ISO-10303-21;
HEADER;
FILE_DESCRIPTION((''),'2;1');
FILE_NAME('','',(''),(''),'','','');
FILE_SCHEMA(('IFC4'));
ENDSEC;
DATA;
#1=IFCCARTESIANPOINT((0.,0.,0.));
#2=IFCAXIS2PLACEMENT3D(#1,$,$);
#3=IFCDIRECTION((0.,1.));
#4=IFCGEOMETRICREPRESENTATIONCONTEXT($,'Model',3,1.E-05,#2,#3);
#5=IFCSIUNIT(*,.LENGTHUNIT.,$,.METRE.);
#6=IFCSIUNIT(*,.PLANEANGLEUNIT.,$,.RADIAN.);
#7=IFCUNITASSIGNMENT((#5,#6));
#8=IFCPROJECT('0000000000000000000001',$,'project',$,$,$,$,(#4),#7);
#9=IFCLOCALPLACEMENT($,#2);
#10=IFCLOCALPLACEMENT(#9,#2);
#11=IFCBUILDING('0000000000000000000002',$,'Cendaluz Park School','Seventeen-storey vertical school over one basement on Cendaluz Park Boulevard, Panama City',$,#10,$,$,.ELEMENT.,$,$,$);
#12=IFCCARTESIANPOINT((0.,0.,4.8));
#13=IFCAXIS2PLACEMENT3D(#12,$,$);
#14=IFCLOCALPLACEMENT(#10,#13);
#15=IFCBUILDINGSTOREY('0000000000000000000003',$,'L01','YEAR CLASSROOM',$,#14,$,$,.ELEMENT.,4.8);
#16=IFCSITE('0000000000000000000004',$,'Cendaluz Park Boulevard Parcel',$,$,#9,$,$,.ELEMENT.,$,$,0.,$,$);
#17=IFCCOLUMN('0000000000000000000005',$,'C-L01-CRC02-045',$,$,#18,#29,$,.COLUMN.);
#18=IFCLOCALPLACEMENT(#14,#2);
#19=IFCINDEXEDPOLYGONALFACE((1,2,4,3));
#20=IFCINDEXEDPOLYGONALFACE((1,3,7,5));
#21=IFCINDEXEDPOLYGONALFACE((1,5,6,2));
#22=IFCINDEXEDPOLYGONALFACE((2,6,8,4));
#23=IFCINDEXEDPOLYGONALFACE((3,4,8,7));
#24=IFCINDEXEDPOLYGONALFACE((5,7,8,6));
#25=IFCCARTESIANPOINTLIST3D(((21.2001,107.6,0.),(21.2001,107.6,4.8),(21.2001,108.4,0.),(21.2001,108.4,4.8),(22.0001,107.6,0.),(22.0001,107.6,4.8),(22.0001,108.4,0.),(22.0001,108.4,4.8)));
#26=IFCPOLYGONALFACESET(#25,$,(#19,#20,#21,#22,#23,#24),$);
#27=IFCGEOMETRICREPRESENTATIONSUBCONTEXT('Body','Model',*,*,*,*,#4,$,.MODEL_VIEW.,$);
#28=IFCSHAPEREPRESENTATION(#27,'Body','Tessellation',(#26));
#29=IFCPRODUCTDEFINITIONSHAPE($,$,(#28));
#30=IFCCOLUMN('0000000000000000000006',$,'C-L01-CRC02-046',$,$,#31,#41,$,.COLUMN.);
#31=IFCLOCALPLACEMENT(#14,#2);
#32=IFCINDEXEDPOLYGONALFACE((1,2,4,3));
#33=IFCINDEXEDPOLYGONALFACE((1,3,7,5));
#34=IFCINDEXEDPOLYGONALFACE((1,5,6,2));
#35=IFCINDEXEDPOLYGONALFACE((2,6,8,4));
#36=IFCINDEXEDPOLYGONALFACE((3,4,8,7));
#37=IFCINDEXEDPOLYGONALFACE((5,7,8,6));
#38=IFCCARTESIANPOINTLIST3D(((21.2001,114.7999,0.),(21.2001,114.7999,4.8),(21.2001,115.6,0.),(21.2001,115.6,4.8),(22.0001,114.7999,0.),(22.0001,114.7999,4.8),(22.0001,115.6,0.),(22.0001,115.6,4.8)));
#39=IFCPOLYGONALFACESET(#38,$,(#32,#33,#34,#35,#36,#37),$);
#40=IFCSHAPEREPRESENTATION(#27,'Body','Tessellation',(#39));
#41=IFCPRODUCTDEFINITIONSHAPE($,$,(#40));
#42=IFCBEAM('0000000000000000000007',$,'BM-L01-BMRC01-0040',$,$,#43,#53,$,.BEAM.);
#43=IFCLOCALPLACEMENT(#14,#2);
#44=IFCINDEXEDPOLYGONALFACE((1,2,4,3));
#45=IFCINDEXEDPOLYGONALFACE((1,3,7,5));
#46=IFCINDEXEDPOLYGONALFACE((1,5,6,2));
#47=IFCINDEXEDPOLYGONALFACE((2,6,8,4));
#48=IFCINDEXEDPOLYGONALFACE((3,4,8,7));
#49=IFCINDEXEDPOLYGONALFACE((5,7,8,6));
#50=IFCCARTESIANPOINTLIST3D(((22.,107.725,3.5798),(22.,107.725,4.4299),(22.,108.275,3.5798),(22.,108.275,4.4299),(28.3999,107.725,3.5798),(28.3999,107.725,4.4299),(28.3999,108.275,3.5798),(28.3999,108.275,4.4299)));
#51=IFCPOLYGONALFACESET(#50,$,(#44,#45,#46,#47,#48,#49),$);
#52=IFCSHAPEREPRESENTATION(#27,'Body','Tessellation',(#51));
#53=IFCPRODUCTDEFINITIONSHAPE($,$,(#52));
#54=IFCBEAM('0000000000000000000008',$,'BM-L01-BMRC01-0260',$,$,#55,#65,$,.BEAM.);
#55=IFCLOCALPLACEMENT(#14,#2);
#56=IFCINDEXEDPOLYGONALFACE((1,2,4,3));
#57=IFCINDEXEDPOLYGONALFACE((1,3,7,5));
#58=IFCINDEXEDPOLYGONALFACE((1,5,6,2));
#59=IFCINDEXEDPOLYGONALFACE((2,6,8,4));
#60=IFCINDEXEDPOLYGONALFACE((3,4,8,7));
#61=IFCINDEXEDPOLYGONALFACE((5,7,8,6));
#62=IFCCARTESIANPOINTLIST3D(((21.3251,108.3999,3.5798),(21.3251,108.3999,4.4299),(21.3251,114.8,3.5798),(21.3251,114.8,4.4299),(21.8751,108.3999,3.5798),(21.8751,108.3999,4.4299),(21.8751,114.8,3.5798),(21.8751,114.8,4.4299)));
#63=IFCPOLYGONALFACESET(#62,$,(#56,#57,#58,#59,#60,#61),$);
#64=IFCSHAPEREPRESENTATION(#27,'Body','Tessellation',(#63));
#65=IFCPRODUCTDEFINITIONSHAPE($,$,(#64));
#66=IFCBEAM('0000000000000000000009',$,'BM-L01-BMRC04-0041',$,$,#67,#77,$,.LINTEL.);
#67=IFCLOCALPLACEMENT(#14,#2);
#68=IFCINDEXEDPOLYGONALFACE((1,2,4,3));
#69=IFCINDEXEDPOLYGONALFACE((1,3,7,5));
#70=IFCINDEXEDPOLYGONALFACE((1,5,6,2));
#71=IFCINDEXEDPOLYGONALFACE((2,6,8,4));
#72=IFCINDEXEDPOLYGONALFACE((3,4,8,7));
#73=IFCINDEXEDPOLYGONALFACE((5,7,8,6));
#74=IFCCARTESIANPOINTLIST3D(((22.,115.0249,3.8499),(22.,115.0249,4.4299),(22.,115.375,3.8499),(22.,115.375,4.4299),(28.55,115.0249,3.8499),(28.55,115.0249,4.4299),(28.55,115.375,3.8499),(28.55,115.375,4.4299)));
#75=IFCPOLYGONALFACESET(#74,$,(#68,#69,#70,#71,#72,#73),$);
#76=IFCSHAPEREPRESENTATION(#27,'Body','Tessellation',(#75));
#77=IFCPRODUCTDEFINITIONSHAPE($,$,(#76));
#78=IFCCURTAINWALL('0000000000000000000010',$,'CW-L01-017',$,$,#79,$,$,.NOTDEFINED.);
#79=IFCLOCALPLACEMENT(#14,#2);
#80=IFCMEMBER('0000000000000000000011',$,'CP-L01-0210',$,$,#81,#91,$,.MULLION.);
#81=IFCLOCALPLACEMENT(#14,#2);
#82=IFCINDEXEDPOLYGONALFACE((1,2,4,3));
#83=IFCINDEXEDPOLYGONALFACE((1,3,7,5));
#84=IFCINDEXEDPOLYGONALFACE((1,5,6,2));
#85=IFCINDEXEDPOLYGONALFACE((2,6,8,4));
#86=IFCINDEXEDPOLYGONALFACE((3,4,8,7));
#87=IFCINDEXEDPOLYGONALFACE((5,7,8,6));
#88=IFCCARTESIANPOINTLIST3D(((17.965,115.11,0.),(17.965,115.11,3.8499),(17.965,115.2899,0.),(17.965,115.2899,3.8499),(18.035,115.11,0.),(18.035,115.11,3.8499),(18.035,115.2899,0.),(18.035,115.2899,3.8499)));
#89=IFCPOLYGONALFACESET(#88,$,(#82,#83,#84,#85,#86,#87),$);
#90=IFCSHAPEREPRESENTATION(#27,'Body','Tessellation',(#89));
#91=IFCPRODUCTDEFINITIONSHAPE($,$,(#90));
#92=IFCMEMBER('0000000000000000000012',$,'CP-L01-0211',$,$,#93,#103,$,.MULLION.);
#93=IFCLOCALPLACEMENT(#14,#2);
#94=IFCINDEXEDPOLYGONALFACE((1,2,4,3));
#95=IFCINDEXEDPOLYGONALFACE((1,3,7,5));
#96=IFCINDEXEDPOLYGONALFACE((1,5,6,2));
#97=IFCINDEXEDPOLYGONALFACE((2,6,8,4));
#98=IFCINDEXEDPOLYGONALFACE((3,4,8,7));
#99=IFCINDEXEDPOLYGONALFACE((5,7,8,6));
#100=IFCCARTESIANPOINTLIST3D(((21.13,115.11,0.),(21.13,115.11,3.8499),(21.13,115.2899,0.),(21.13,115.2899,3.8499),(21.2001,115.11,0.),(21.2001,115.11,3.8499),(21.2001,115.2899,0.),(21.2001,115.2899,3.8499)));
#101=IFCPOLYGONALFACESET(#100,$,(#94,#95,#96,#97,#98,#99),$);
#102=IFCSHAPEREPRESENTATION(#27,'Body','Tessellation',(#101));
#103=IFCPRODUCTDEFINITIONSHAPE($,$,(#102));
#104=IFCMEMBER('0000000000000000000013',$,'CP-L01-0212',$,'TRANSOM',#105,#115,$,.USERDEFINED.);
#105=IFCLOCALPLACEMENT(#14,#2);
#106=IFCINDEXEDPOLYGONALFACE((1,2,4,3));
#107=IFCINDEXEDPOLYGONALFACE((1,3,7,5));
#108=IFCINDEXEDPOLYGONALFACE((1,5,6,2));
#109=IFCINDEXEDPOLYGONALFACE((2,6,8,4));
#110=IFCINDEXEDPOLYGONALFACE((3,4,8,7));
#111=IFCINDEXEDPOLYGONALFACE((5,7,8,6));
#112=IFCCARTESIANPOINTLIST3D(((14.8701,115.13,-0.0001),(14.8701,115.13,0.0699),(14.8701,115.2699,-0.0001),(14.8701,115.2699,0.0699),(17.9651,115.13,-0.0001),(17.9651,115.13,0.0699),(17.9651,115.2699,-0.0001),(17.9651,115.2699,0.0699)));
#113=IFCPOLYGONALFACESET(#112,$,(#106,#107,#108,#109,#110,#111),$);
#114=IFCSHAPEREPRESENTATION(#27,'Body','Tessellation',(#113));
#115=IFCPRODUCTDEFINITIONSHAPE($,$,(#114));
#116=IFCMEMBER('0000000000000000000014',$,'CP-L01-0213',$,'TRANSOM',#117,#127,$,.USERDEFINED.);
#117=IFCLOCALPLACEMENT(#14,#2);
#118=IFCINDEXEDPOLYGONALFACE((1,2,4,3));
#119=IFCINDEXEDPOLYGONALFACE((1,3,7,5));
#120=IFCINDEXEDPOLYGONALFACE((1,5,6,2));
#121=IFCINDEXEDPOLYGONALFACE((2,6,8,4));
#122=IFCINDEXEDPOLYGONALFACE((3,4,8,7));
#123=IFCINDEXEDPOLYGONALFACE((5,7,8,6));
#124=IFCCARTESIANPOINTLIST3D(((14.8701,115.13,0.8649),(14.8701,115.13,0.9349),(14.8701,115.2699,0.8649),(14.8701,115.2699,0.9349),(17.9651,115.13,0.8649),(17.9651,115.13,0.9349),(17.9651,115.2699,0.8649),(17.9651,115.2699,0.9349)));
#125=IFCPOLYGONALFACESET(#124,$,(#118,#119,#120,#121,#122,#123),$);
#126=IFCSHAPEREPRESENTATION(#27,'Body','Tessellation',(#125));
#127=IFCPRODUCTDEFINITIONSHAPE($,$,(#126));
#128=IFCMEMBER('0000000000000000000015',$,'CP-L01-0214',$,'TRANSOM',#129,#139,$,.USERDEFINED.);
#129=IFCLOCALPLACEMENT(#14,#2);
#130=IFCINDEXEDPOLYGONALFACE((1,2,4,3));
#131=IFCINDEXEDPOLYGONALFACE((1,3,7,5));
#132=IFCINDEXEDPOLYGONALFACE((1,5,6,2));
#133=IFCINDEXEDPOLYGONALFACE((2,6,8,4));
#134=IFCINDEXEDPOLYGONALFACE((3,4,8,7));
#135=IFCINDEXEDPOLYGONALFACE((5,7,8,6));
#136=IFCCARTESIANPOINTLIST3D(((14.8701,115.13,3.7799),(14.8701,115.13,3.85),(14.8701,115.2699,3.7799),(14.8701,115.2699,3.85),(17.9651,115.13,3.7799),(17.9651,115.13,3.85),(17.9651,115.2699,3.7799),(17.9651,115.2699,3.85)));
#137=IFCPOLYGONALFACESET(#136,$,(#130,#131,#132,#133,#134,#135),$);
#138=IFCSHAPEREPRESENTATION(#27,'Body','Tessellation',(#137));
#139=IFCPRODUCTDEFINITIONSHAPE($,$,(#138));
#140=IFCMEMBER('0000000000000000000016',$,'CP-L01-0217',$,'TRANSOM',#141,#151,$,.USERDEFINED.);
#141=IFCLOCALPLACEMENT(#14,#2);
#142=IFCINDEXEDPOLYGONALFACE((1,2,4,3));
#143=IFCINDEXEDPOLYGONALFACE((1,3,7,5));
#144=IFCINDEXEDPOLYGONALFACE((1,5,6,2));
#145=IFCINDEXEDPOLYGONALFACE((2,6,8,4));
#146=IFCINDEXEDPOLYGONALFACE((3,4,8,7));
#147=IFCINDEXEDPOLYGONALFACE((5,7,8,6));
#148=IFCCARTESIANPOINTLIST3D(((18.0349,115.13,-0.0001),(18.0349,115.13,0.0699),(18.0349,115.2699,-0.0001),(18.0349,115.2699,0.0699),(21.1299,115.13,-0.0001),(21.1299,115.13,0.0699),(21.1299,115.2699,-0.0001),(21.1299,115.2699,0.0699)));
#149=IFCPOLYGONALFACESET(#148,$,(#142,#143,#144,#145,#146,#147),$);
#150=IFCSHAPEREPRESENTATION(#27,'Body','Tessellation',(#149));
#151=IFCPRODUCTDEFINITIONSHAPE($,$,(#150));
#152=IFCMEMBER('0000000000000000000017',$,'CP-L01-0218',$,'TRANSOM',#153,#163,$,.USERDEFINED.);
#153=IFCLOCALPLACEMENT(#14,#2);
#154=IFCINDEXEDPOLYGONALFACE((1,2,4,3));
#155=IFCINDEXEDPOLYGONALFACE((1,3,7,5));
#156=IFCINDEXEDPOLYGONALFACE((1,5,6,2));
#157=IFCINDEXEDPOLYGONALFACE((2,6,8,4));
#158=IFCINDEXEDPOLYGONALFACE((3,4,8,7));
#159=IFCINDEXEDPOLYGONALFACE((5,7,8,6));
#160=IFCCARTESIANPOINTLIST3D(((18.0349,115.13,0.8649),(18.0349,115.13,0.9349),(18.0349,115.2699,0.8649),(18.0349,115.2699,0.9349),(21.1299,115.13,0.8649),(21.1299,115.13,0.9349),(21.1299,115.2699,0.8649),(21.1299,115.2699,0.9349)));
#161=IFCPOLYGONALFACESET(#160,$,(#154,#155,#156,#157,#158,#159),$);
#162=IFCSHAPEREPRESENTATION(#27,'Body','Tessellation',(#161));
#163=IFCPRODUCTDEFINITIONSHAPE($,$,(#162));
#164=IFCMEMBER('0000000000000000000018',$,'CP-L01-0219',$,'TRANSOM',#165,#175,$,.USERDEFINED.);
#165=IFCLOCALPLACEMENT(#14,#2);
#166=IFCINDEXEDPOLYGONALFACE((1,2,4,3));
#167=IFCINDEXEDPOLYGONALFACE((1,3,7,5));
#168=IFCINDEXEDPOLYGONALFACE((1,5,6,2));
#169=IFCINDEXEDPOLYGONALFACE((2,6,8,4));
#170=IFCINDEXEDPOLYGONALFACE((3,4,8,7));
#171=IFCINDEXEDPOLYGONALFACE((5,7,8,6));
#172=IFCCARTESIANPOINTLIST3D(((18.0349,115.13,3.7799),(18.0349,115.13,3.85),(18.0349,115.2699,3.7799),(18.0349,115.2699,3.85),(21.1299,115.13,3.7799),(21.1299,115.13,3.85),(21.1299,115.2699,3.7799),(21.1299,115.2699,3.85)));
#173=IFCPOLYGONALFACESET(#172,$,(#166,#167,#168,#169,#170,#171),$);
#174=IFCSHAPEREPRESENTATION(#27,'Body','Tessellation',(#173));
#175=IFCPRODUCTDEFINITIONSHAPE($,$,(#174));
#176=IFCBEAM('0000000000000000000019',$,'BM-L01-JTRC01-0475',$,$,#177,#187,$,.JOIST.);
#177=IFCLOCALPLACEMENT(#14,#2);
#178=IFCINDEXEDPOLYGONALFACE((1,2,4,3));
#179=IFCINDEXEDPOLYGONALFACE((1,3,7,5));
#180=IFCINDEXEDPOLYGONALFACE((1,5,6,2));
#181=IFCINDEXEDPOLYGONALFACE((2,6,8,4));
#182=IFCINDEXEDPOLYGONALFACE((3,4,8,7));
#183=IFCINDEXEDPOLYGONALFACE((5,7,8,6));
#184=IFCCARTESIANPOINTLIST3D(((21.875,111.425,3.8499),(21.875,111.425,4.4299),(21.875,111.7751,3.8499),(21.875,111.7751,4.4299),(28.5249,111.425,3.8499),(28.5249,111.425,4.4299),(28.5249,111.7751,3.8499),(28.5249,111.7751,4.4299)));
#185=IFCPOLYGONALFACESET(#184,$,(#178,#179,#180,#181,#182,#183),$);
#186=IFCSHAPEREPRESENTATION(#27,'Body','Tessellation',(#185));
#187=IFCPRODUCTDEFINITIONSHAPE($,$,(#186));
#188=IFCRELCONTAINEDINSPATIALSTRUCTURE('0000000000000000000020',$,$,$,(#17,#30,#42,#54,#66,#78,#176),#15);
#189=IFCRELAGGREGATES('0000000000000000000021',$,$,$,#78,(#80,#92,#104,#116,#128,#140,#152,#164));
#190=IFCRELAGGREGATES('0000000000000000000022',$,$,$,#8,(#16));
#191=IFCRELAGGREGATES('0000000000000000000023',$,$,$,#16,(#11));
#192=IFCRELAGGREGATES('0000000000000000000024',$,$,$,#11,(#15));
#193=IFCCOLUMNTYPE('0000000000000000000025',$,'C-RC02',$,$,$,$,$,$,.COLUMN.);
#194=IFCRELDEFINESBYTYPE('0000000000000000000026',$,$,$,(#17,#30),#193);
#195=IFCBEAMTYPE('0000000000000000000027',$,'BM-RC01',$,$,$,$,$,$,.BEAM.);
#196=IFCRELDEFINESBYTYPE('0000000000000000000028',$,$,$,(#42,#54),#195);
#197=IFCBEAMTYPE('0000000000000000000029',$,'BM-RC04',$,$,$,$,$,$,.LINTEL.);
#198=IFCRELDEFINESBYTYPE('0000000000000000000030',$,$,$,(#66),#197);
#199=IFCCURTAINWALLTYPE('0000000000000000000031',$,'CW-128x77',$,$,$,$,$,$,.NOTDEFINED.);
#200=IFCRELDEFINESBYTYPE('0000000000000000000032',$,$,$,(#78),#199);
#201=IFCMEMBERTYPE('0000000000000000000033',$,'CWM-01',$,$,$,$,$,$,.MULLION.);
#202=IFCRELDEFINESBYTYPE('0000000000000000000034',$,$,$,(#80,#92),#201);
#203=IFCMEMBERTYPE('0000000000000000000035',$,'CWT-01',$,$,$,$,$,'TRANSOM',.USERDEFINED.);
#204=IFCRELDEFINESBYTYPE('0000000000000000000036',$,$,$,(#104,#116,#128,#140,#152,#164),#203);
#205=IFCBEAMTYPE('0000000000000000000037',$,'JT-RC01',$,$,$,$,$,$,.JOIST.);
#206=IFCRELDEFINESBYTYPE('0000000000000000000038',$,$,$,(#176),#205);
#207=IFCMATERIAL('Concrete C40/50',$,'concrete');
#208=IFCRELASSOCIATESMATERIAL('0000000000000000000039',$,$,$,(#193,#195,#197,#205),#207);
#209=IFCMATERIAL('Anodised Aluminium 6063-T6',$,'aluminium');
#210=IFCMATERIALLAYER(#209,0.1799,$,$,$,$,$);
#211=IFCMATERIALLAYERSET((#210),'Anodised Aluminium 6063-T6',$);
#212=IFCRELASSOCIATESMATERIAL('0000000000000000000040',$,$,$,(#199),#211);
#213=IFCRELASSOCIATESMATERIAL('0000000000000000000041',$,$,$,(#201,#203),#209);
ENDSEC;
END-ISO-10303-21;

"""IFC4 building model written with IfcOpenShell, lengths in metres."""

from ifc_helpers import new_model, si_unit, direction, frame, origin, origin_2d, place, context, subcontext, project, spatial, rectangle, extrude, material, layer, layer_set, material_profile, profile_set, type_object, element, aggregate, save


model = new_model("IFC4")

# Units and contexts
model_context = context("Model", 3, precision=1e-05, world=origin(), true_north=direction((0.0, 1.0)))
body_context = subcontext(model_context, "Body", "Model", "MODEL_VIEW")
ifc_project = project(units=[si_unit("LENGTHUNIT", "METRE"), si_unit("PLANEANGLEUNIT", "RADIAN")], contexts=[model_context])

# Site, building, storey
site_placement = place(None, origin())
site = spatial("IfcSite", under=ifc_project, at=site_placement, Name="Cendaluz Park Boulevard Parcel", CompositionType="ELEMENT", RefElevation=0.0)
building_placement = place(site_placement, origin())
building = spatial("IfcBuilding", under=site, at=building_placement, Name="Cendaluz Park School", Description="Seventeen-storey vertical school over one basement on Cendaluz Park Boulevard, Panama City", CompositionType="ELEMENT")
storey_placement = place(building_placement, frame((0.0, 0.0, 4.8)))
storey = spatial("IfcBuildingStorey", under=building, at=storey_placement, Name="L01", Description="YEAR CLASSROOM", CompositionType="ELEMENT", Elevation=4.8)

# Columns
ifc_material_1 = material(Name="Concrete C40/50", Category="concrete")
ifc_material_profile_1 = material_profile(ifc_material_1, rectangle(XDim=0.8, YDim=0.8, at=origin_2d()), Name="RC 800x800", Category="concrete")
ifc_profile_set_1 = profile_set([ifc_material_profile_1], Name="Concrete C40/50")
column_type = type_object("IfcColumnType", Name="C-RC02", PredefinedType="COLUMN", material=ifc_profile_set_1)
for number, where, z_axis, x_axis, name in (
    (1, (21.6001, 108.0, 0.0), (0.0, 0.0, 1.0), (1.0, 0.0, 0.0), "C-L01-CRC02-045"),
    (2, (21.6001, 115.2, 0.0), (0.0, 0.0, 1.0), (1.0, 0.0, 0.0), "C-L01-CRC02-046"),
):
    element("IfcColumn", number, at=place(storey_placement, frame(where, z_axis=z_axis, x_axis=x_axis)), inside=storey, type_object=column_type, Name=name, PredefinedType="COLUMN", context=body_context, shape_type="SweptSolid", body=[
        extrude(rectangle(XDim=0.8, YDim=0.8, at=origin_2d()), origin(), (0.0, 0.0, 1.0), 4.8),
    ])

# Beams
ifc_material_profile_2 = material_profile(ifc_material_1, rectangle(XDim=0.55, YDim=0.8501, at=origin_2d()), Name="RC 550x850", Category="concrete")
ifc_profile_set_2 = profile_set([ifc_material_profile_2], Name="Concrete C40/50")
beam_type_1 = type_object("IfcBeamType", Name="BM-RC01", PredefinedType="BEAM", material=ifc_profile_set_2)
beam_1_placement = place(storey_placement, frame((22.0, 108.0, 4.0049), z_axis=(1.0, 0.0, 0.0), x_axis=(0.0, 1.0, 0.0)))
element("IfcBeam", 3, at=beam_1_placement, inside=storey, type_object=beam_type_1, Name="BM-L01-BMRC01-0040", PredefinedType="BEAM", context=body_context, shape_type="SweptSolid", body=[
    extrude(rectangle(XDim=0.55, YDim=0.8501, at=origin_2d()), origin(), (0.0, 0.0, 1.0), 6.3999),
])
beam_2_placement = place(storey_placement, frame((21.6001, 108.3999, 4.0049), z_axis=(0.0, 1.0, 0.0), x_axis=(-1.0, 0.0, 0.0)))
element("IfcBeam", 4, at=beam_2_placement, inside=storey, type_object=beam_type_1, Name="BM-L01-BMRC01-0260", PredefinedType="BEAM", context=body_context, shape_type="SweptSolid", body=[
    extrude(rectangle(XDim=0.55, YDim=0.8501, at=origin_2d()), origin(), (0.0, 0.0, 1.0), 6.4001),
])
ifc_material_profile_3 = material_profile(ifc_material_1, rectangle(XDim=0.3501, YDim=0.5801, at=origin_2d()), Name="RC 350x580", Category="concrete")
ifc_profile_set_3 = profile_set([ifc_material_profile_3], Name="Concrete C40/50")
beam_type_2 = type_object("IfcBeamType", Name="BM-RC04", PredefinedType="LINTEL", material=ifc_profile_set_3)
beam_3_placement = place(storey_placement, frame((22.0, 115.2, 4.1399), z_axis=(1.0, 0.0, 0.0), x_axis=(0.0, 1.0, 0.0)))
element("IfcBeam", 5, at=beam_3_placement, inside=storey, type_object=beam_type_2, Name="BM-L01-BMRC04-0041", PredefinedType="LINTEL", context=body_context, shape_type="SweptSolid", body=[
    extrude(rectangle(XDim=0.3501, YDim=0.5801, at=origin_2d()), origin(), (0.0, 0.0, 1.0), 6.55),
])

# Curtain wall, members
ifc_material_2 = material(Name="Anodised Aluminium 6063-T6", Category="aluminium")
ifc_layer_1 = layer(ifc_material_2, 0.1799)
ifc_layer_set_1 = layer_set([ifc_layer_1], Name="Anodised Aluminium 6063-T6")
curtain_wall_type = type_object("IfcCurtainWallType", Name="CW-128x77", PredefinedType="NOTDEFINED", material=ifc_layer_set_1)
curtain_wall_placement = place(storey_placement, origin())
curtain_wall = element("IfcCurtainWall", 6, at=curtain_wall_placement, inside=storey, type_object=curtain_wall_type, Name="CW-L01-017", PredefinedType="NOTDEFINED")
ifc_material_profile_4 = material_profile(ifc_material_2, rectangle(XDim=0.1799, YDim=0.0701, at=origin_2d()), Name="CWM 180x70", Category="aluminium")
ifc_profile_set_4 = profile_set([ifc_material_profile_4], Name="Anodised Aluminium 6063-T6")
member_type_1 = type_object("IfcMemberType", Name="CWM-01", PredefinedType="MULLION", material=ifc_profile_set_4)
member_1_placement = place(storey_placement, frame((18.0, 115.2, 0.0), z_axis=(0.0, 0.0, 1.0), x_axis=(0.0, 1.0, 0.0)))
member_1 = element("IfcMember", 7, at=member_1_placement, type_object=member_type_1, Name="CP-L01-0210", PredefinedType="MULLION", context=body_context, shape_type="SweptSolid", body=[
    extrude(rectangle(XDim=0.1799, YDim=0.0701, at=origin_2d()), origin(), (0.0, 0.0, 1.0), 3.8499),
])
member_2_placement = place(storey_placement, frame((21.165, 115.2, 0.0), z_axis=(0.0, 0.0, 1.0), x_axis=(0.0, 1.0, 0.0)))
member_2 = element("IfcMember", 8, at=member_2_placement, type_object=member_type_1, Name="CP-L01-0211", PredefinedType="MULLION", context=body_context, shape_type="SweptSolid", body=[
    extrude(rectangle(XDim=0.1799, YDim=0.0701, at=origin_2d()), origin(), (0.0, 0.0, 1.0), 3.8499),
])
ifc_material_profile_5 = material_profile(ifc_material_2, rectangle(XDim=0.1399, YDim=0.0701, at=origin_2d()), Name="CWT 140x70", Category="aluminium")
ifc_profile_set_5 = profile_set([ifc_material_profile_5], Name="Anodised Aluminium 6063-T6")
member_type_2 = type_object("IfcMemberType", Name="CWT-01", ElementType="TRANSOM", PredefinedType="USERDEFINED", material=ifc_profile_set_5)
member_3_placement = place(storey_placement, frame((14.8701, 115.2, 0.0349), z_axis=(1.0, 0.0, 0.0), x_axis=(0.0, 1.0, 0.0)))
member_3 = element("IfcMember", 9, at=member_3_placement, type_object=member_type_2, Name="CP-L01-0212", ObjectType="TRANSOM", PredefinedType="USERDEFINED", context=body_context, shape_type="SweptSolid", body=[
    extrude(rectangle(XDim=0.1399, YDim=0.0701, at=origin_2d()), origin(), (0.0, 0.0, 1.0), 3.095),
])
member_4_placement = place(storey_placement, frame((14.8701, 115.2, 0.8999), z_axis=(1.0, 0.0, 0.0), x_axis=(0.0, 1.0, 0.0)))
member_4 = element("IfcMember", 10, at=member_4_placement, type_object=member_type_2, Name="CP-L01-0213", ObjectType="TRANSOM", PredefinedType="USERDEFINED", context=body_context, shape_type="SweptSolid", body=[
    extrude(rectangle(XDim=0.1399, YDim=0.0701, at=origin_2d()), origin(), (0.0, 0.0, 1.0), 3.095),
])
member_5_placement = place(storey_placement, frame((14.8701, 115.2, 3.8149), z_axis=(1.0, 0.0, 0.0), x_axis=(0.0, 1.0, 0.0)))
member_5 = element("IfcMember", 11, at=member_5_placement, type_object=member_type_2, Name="CP-L01-0214", ObjectType="TRANSOM", PredefinedType="USERDEFINED", context=body_context, shape_type="SweptSolid", body=[
    extrude(rectangle(XDim=0.1399, YDim=0.0701, at=origin_2d()), origin(), (0.0, 0.0, 1.0), 3.095),
])
member_6_placement = place(storey_placement, frame((18.0349, 115.2, 0.0349), z_axis=(1.0, 0.0, 0.0), x_axis=(0.0, 1.0, 0.0)))
member_6 = element("IfcMember", 12, at=member_6_placement, type_object=member_type_2, Name="CP-L01-0217", ObjectType="TRANSOM", PredefinedType="USERDEFINED", context=body_context, shape_type="SweptSolid", body=[
    extrude(rectangle(XDim=0.1399, YDim=0.0701, at=origin_2d()), origin(), (0.0, 0.0, 1.0), 3.095),
])
member_7_placement = place(storey_placement, frame((18.0349, 115.2, 0.8999), z_axis=(1.0, 0.0, 0.0), x_axis=(0.0, 1.0, 0.0)))
member_7 = element("IfcMember", 13, at=member_7_placement, type_object=member_type_2, Name="CP-L01-0218", ObjectType="TRANSOM", PredefinedType="USERDEFINED", context=body_context, shape_type="SweptSolid", body=[
    extrude(rectangle(XDim=0.1399, YDim=0.0701, at=origin_2d()), origin(), (0.0, 0.0, 1.0), 3.095),
])
member_8_placement = place(storey_placement, frame((18.0349, 115.2, 3.8149), z_axis=(1.0, 0.0, 0.0), x_axis=(0.0, 1.0, 0.0)))
member_8 = element("IfcMember", 14, at=member_8_placement, type_object=member_type_2, Name="CP-L01-0219", ObjectType="TRANSOM", PredefinedType="USERDEFINED", context=body_context, shape_type="SweptSolid", body=[
    extrude(rectangle(XDim=0.1399, YDim=0.0701, at=origin_2d()), origin(), (0.0, 0.0, 1.0), 3.095),
])

# Beam
ifc_material_profile_6 = material_profile(ifc_material_1, rectangle(XDim=0.3501, YDim=0.5801, at=origin_2d()), Name="RC 350x580", Category="concrete")
ifc_profile_set_6 = profile_set([ifc_material_profile_6], Name="Concrete C40/50")
beam_type_3 = type_object("IfcBeamType", Name="JT-RC01", PredefinedType="JOIST", material=ifc_profile_set_6)
beam_4_placement = place(storey_placement, frame((21.875, 111.6001, 4.1399), z_axis=(1.0, 0.0, 0.0), x_axis=(0.0, 1.0, 0.0)))
element("IfcBeam", 15, at=beam_4_placement, inside=storey, type_object=beam_type_3, Name="BM-L01-JTRC01-0475", PredefinedType="JOIST", context=body_context, shape_type="SweptSolid", body=[
    extrude(rectangle(XDim=0.3501, YDim=0.5801, at=origin_2d()), origin(), (0.0, 0.0, 1.0), 6.6499),
])

aggregate(curtain_wall, [member_1, member_2, member_3, member_4, member_5, member_6, member_7, member_8])

save(model, "model.ifc")
